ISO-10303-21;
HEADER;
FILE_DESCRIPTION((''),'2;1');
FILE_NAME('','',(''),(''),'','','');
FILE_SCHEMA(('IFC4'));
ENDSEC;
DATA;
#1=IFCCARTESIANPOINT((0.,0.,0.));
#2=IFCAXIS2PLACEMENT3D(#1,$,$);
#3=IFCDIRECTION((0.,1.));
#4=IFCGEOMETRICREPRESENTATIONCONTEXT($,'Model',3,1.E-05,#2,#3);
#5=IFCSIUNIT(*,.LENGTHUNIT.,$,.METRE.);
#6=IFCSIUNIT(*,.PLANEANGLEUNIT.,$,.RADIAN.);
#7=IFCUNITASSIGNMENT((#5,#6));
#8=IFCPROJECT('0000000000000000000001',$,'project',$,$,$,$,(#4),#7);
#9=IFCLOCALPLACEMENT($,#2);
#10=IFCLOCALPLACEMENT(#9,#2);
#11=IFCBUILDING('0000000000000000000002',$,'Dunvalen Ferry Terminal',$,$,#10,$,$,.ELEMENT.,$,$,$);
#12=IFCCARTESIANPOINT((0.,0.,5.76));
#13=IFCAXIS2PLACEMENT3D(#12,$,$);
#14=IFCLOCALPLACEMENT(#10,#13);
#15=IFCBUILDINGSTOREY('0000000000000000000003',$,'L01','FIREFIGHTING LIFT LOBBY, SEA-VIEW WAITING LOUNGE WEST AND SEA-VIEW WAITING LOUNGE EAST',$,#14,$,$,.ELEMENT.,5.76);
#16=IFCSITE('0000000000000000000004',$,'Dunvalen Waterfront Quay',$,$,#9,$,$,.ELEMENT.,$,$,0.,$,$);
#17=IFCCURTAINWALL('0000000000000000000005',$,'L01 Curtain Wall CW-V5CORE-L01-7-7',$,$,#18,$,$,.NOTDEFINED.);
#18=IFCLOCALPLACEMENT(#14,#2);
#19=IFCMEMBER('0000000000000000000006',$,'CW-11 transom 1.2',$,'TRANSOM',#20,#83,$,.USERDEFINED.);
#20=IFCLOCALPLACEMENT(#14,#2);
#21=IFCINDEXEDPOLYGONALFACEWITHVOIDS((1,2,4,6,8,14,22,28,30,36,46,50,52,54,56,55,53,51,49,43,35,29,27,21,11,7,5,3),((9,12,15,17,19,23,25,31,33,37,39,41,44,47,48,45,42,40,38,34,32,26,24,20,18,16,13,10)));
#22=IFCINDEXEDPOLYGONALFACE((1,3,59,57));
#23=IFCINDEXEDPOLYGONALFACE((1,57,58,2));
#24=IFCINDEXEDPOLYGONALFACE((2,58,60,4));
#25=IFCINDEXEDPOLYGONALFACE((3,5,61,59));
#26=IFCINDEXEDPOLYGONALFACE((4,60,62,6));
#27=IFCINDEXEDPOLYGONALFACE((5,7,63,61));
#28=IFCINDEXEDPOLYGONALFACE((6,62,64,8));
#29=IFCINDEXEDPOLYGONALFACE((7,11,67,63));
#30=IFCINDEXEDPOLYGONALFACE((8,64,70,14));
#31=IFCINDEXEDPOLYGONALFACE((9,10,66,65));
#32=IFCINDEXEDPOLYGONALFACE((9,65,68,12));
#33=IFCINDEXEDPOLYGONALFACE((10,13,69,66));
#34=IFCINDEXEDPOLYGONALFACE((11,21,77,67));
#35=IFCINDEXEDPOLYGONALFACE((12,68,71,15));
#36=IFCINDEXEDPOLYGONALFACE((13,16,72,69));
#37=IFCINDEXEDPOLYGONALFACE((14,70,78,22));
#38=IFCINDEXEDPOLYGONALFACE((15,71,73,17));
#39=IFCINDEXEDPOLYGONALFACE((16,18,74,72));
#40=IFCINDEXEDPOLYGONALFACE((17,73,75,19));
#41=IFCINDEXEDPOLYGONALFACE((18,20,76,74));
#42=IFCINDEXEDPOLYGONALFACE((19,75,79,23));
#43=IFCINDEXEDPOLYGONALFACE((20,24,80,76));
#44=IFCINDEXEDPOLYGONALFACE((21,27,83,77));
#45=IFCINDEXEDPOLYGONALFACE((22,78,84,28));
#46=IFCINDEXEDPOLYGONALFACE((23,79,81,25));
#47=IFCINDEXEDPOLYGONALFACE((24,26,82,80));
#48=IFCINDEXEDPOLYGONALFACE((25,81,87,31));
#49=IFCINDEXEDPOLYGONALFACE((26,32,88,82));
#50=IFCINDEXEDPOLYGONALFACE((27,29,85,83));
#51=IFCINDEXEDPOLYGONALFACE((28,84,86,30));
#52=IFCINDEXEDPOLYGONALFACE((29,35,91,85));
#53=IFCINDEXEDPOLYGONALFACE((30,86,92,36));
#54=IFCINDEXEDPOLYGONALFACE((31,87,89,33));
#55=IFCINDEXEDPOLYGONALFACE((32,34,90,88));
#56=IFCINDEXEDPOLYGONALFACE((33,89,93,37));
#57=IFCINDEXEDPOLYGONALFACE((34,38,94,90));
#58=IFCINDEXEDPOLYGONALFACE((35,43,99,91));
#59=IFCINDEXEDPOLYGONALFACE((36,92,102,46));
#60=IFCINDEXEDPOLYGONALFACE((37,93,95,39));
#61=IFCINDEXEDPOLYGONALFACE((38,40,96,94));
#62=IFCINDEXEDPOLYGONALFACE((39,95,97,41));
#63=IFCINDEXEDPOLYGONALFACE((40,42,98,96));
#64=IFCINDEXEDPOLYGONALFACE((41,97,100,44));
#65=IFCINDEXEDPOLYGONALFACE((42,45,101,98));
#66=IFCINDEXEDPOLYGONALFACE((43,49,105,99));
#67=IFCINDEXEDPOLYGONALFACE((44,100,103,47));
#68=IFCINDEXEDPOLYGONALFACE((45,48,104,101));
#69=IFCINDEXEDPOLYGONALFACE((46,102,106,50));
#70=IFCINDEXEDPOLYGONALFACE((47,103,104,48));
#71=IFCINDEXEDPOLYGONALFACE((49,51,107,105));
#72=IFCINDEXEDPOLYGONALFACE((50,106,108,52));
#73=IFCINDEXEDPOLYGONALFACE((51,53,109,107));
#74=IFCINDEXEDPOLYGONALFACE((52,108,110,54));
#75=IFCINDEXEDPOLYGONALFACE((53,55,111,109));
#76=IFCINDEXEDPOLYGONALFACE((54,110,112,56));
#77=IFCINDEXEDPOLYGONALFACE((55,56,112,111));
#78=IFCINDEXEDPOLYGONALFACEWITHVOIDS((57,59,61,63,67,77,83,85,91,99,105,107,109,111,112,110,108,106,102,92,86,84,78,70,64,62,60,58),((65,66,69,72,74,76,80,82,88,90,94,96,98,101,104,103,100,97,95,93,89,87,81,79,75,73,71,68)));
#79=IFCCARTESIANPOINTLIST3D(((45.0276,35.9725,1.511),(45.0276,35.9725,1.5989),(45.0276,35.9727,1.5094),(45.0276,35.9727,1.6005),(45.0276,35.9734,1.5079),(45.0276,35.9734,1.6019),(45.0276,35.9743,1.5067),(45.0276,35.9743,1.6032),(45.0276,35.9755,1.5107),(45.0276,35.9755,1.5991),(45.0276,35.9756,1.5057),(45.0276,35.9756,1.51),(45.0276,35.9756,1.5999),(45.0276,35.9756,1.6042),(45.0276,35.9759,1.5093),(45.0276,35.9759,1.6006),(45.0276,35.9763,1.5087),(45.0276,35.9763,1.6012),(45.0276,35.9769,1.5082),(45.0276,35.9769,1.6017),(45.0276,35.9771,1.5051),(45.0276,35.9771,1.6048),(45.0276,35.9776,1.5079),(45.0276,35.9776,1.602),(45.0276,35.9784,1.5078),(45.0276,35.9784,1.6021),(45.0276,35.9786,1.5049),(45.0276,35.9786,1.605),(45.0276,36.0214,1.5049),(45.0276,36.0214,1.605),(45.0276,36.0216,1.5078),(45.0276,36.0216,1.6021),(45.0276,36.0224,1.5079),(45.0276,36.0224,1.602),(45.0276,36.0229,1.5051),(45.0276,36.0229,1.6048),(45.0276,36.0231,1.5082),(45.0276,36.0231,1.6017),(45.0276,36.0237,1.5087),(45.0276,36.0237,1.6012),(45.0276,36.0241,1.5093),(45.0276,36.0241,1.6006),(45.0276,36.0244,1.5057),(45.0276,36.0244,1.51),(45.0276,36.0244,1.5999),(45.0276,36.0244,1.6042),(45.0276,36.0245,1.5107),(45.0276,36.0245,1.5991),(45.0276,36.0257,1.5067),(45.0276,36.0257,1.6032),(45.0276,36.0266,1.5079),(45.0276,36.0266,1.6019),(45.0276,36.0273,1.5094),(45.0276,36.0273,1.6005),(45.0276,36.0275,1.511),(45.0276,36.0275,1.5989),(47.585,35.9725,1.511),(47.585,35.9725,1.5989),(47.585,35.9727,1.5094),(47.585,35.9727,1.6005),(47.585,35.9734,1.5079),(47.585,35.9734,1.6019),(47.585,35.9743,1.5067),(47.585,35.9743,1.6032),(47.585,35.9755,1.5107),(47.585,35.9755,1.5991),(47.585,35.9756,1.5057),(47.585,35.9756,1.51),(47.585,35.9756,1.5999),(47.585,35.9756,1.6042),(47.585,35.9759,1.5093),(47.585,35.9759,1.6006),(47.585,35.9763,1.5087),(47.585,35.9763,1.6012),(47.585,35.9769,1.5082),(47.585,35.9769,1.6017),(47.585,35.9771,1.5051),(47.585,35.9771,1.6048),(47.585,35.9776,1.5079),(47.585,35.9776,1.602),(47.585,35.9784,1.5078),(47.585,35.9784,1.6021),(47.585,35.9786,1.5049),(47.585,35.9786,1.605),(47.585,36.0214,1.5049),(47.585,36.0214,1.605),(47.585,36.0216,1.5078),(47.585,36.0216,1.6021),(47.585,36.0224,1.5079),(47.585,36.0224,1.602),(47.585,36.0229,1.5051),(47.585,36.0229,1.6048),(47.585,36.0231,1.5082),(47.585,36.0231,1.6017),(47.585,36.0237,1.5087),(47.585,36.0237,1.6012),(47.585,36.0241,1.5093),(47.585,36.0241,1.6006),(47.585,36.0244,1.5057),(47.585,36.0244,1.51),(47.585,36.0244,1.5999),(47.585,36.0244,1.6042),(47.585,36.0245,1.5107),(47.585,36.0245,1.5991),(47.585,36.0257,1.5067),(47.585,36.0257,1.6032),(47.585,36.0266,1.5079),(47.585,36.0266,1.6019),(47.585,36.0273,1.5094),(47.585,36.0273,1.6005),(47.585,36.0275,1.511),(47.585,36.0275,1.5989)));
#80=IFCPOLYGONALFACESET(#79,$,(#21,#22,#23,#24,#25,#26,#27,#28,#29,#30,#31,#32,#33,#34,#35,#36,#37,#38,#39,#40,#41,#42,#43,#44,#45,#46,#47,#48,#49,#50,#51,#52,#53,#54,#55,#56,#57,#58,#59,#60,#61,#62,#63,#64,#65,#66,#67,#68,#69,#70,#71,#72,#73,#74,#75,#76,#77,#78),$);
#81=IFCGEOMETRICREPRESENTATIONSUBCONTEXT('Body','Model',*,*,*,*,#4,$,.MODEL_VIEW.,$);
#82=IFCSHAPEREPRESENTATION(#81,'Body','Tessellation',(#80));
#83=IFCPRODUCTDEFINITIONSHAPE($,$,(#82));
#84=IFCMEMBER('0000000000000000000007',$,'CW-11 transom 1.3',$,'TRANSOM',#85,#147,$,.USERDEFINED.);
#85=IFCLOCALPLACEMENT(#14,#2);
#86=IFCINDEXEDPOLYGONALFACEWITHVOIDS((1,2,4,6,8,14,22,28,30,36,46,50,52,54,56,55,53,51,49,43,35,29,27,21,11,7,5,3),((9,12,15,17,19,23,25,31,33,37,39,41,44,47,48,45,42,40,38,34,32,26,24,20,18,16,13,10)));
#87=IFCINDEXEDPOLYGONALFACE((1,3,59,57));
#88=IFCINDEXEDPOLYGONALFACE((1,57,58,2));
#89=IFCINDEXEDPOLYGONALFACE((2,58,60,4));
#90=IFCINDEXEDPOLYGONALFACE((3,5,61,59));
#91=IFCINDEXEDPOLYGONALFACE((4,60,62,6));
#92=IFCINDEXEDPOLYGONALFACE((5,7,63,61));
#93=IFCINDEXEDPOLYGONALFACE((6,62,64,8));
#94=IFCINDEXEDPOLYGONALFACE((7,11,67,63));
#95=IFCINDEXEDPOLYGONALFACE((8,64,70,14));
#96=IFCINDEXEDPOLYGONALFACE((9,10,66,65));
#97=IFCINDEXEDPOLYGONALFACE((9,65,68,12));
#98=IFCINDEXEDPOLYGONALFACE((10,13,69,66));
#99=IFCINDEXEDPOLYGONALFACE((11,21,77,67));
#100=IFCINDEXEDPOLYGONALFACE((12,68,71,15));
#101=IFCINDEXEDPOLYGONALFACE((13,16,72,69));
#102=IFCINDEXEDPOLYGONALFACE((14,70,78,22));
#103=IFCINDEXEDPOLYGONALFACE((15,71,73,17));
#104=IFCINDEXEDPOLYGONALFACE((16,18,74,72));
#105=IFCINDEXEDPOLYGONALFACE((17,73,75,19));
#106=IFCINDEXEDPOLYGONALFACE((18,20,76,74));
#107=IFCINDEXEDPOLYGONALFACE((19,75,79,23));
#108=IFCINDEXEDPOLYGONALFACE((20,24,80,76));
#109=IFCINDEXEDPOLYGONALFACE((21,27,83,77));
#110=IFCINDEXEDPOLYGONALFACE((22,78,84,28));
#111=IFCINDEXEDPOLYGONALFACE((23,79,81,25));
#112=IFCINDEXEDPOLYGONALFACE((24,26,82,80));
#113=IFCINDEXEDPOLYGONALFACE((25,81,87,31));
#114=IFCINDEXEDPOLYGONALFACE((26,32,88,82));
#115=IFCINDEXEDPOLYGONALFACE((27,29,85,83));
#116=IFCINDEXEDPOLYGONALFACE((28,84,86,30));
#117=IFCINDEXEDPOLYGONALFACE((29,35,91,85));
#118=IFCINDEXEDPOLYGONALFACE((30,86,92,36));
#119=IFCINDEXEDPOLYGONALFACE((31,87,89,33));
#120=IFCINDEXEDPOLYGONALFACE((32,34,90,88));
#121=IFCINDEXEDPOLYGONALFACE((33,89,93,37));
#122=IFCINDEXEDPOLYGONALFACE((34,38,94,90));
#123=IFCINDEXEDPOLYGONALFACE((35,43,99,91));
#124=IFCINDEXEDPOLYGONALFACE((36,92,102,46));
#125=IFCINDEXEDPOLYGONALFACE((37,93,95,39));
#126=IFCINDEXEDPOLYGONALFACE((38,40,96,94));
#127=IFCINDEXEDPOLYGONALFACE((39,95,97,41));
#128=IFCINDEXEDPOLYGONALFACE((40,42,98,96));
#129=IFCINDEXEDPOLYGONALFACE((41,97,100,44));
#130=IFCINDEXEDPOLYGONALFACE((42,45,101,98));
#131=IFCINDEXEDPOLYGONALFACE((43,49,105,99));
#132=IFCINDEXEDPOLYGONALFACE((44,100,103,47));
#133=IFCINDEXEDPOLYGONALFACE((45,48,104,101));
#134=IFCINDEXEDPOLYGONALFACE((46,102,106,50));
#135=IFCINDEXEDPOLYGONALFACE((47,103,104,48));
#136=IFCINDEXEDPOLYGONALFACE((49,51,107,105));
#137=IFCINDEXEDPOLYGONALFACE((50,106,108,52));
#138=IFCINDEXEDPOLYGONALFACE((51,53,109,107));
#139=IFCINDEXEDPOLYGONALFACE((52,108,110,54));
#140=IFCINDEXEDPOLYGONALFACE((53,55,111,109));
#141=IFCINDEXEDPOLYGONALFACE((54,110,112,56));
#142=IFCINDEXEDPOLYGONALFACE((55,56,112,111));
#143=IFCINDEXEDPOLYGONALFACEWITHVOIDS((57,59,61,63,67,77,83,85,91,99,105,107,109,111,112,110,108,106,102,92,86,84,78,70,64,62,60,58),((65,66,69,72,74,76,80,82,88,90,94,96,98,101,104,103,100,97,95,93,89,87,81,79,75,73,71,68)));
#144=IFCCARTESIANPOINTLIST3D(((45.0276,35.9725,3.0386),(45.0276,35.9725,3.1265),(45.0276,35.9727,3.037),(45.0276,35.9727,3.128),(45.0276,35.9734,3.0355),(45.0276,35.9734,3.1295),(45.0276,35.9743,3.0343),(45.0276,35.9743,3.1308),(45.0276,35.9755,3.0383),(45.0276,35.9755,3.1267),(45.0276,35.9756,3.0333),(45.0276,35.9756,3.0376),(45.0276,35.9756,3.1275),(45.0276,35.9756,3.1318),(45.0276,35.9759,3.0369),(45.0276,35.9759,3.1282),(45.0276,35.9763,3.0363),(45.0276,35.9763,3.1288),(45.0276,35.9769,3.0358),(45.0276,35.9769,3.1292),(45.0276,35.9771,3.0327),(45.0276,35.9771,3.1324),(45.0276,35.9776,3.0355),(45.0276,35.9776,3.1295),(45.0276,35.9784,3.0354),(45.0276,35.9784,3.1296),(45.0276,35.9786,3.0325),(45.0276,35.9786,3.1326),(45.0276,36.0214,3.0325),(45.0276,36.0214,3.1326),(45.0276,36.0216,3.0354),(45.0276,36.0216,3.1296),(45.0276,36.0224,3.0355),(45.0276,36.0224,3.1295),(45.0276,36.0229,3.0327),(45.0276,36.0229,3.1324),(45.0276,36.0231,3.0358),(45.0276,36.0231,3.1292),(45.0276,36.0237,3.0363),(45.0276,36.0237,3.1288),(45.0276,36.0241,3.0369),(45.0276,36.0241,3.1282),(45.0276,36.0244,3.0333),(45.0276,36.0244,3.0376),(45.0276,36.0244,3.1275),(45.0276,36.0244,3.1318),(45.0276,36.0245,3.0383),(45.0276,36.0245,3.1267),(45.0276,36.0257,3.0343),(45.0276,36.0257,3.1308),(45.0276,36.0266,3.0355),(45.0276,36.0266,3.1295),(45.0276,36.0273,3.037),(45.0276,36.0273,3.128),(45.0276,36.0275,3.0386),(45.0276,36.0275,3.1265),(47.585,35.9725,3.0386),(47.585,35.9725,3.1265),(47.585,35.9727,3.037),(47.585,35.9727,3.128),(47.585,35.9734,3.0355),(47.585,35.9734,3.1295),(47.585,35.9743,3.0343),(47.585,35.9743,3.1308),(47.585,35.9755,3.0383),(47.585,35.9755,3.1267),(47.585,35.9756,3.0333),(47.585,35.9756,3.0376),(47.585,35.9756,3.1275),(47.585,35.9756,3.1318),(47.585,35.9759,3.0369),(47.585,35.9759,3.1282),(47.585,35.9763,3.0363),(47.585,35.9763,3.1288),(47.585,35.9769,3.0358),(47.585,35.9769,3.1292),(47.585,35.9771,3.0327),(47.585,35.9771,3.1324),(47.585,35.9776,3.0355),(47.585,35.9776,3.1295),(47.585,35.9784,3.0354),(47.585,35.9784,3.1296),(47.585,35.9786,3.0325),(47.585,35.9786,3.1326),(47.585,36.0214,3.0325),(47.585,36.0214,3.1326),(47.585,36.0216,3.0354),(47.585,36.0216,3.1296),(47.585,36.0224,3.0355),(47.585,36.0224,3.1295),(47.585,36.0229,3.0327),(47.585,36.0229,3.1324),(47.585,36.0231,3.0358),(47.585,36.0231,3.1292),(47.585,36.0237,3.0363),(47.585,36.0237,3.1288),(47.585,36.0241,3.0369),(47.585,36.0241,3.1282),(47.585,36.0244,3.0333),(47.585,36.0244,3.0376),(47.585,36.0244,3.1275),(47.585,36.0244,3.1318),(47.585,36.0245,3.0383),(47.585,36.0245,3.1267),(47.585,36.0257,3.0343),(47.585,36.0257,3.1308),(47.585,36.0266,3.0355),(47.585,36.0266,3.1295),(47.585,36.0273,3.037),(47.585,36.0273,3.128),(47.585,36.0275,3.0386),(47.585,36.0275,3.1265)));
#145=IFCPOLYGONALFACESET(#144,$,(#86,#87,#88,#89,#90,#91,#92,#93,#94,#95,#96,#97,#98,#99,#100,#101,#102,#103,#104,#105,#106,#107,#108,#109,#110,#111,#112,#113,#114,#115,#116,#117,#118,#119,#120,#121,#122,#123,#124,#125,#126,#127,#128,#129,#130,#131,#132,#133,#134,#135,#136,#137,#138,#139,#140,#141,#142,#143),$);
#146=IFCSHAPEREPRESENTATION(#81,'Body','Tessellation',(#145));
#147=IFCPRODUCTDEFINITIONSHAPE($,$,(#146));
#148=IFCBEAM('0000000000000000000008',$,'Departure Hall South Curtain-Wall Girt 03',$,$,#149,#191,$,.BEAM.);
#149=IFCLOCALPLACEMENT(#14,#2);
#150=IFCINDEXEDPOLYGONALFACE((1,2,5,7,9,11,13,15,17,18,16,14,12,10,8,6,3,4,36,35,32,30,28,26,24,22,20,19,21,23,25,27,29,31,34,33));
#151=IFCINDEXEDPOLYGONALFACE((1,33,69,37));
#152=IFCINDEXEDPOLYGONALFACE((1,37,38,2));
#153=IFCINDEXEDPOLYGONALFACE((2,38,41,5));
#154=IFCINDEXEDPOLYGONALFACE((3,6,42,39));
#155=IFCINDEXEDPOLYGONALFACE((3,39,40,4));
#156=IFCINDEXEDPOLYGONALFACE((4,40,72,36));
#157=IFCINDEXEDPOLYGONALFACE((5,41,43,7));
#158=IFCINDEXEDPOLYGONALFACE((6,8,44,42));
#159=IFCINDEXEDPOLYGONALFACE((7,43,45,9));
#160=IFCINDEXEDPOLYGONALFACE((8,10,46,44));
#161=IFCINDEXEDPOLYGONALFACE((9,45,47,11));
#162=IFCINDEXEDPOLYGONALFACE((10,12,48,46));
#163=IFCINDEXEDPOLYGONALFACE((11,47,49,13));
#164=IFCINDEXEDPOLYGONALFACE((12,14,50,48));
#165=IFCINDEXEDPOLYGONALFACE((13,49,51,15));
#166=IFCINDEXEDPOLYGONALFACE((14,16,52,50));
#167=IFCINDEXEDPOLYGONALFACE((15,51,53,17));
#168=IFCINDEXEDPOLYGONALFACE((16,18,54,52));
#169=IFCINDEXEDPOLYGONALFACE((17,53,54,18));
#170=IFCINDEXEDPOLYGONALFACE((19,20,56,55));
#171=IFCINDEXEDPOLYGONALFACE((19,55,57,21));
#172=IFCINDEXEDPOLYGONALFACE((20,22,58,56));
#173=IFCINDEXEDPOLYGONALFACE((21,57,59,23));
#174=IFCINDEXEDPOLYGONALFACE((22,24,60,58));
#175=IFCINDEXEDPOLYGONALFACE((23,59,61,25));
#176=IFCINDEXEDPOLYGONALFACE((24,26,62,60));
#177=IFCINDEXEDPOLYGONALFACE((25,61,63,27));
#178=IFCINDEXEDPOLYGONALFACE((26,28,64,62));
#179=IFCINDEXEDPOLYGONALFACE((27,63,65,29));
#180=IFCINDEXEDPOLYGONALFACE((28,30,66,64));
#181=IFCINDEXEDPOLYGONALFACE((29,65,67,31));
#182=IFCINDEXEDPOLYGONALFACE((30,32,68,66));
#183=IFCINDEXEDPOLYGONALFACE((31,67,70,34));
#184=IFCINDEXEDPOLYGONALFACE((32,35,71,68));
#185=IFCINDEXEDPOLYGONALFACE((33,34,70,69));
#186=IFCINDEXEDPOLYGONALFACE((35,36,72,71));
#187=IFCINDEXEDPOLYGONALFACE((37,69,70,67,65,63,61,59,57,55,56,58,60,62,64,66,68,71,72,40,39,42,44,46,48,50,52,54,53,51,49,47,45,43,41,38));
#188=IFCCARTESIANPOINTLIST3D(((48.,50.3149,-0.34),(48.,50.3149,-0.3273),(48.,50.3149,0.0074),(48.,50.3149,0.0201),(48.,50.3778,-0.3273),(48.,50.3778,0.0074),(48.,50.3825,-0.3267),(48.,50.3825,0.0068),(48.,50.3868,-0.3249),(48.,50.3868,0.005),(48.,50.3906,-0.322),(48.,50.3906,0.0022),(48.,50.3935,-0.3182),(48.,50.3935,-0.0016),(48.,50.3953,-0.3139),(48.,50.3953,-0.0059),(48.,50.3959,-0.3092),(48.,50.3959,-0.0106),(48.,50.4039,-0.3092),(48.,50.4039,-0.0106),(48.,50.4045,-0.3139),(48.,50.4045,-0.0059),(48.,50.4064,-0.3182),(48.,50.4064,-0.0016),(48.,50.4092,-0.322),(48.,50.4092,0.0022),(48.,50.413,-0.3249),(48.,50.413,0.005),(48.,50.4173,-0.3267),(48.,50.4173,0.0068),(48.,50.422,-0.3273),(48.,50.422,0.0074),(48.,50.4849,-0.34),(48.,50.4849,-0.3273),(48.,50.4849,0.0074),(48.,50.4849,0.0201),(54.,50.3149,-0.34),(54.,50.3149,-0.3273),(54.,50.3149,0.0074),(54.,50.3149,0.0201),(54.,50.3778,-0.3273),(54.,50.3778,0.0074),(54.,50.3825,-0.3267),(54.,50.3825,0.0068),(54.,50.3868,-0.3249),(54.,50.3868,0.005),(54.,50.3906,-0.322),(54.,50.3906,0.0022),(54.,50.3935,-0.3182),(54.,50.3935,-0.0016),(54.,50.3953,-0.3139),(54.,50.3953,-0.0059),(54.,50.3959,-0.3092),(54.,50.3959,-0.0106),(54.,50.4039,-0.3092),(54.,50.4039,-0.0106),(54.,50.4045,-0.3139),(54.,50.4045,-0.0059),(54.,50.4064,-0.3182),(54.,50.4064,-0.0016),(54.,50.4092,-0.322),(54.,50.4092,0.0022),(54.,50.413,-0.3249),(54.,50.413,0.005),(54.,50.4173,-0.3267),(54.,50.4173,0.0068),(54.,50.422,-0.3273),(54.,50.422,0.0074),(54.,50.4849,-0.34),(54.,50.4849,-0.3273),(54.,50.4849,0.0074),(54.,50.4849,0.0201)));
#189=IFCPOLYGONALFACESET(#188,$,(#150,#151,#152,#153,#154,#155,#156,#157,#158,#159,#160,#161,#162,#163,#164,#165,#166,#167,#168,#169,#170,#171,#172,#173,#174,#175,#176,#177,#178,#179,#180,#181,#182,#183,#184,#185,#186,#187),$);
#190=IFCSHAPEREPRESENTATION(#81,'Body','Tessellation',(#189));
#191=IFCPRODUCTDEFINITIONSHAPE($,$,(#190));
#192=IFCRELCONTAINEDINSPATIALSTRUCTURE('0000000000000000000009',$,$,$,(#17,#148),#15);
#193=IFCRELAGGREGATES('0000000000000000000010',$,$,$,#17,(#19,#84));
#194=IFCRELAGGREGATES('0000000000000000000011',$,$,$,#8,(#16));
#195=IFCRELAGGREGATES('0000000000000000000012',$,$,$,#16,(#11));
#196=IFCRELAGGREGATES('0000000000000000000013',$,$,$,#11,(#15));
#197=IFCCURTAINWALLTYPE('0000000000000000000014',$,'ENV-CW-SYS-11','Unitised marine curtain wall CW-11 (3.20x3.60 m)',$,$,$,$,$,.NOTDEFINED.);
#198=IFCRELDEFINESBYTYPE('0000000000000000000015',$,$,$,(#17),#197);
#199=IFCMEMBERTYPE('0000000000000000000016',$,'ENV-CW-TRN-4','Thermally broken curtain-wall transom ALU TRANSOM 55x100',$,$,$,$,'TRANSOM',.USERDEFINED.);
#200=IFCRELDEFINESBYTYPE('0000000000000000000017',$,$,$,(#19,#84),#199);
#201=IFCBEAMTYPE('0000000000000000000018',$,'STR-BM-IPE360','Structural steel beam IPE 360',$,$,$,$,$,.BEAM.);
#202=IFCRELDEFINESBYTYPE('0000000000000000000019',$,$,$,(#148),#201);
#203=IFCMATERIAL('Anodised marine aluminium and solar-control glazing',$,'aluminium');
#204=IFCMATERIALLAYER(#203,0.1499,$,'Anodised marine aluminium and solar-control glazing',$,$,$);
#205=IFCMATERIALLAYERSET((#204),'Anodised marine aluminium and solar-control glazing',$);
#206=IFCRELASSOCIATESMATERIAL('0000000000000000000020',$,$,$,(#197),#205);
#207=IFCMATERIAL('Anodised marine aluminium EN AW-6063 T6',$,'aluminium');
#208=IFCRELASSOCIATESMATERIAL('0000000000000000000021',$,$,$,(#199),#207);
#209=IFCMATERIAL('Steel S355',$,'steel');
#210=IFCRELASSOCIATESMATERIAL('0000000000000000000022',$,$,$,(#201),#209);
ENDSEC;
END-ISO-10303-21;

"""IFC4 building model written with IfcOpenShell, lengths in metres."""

from ifc_helpers import new_model, si_unit, direction, frame, origin, origin_2d, place, context, subcontext, project, spatial, hollow_rectangle, i_section, extrude, material, layer, layer_set, material_profile, profile_set, type_object, element, aggregate, save


model = new_model("IFC4")

# Units and contexts
model_context = context("Model", 3, precision=1e-05, world=origin(), true_north=direction((0.0, 1.0)))
body_context = subcontext(model_context, "Body", "Model", "MODEL_VIEW")
ifc_project = project(units=[si_unit("LENGTHUNIT", "METRE"), si_unit("PLANEANGLEUNIT", "RADIAN")], contexts=[model_context])

# Site, building, storey
site_placement = place(None, origin())
site = spatial("IfcSite", under=ifc_project, at=site_placement, Name="Dunvalen Waterfront Quay", CompositionType="ELEMENT", RefElevation=0.0)
building_placement = place(site_placement, origin())
building = spatial("IfcBuilding", under=site, at=building_placement, Name="Dunvalen Ferry Terminal", CompositionType="ELEMENT")
storey_placement = place(building_placement, frame((0.0, 0.0, 5.76)))
storey = spatial("IfcBuildingStorey", under=building, at=storey_placement, Name="L01", Description="FIREFIGHTING LIFT LOBBY, SEA-VIEW WAITING LOUNGE WEST AND SEA-VIEW WAITING LOUNGE EAST", CompositionType="ELEMENT", Elevation=5.76)

# Shared definitions
ifc_material_1 = material(Name="Anodised marine aluminium and solar-control glazing", Category="aluminium")
ifc_material_2 = material(Name="Anodised marine aluminium EN AW-6063 T6", Category="aluminium")

# Curtain wall
ifc_layer_1 = layer(ifc_material_1, 0.1499, Name="Anodised marine aluminium and solar-control glazing")
ifc_layer_set_1 = layer_set([ifc_layer_1], Name="Anodised marine aluminium and solar-control glazing")
curtain_wall_type_1 = type_object("IfcCurtainWallType", Name="ENV-CW-SYS-11", Description="Unitised marine curtain wall CW-11 (3.20x3.60 m)", PredefinedType="NOTDEFINED", material=ifc_layer_set_1)
curtain_wall_1_placement = place(storey_placement, origin())
curtain_wall_1 = element("IfcCurtainWall", 1, at=curtain_wall_1_placement, inside=storey, type_object=curtain_wall_type_1, Name="L01 Curtain Wall CW-V5CORE-L01-7-7", PredefinedType="NOTDEFINED")

# Members
ifc_material_profile_1 = material_profile(ifc_material_2, hollow_rectangle(XDim=0.0549, YDim=0.1001, WallThickness=0.0029, InnerFilletRadius=0.0029, OuterFilletRadius=0.0061, at=origin_2d()), Name="Anodised marine aluminium EN AW-6063 T6")
ifc_profile_set_1 = profile_set([ifc_material_profile_1], Name="Anodised marine aluminium EN AW-6063 T6")
member_type_1 = type_object("IfcMemberType", Name="ENV-CW-TRN-4", Description="Thermally broken curtain-wall transom ALU TRANSOM 55x100", ElementType="TRANSOM", PredefinedType="USERDEFINED", material=ifc_profile_set_1)
member_1_placement = place(storey_placement, frame((47.585, 36.0, 1.5549), z_axis=(-1.0, 0.0, 0.0), x_axis=(0.0, -1.0, 0.0)))
member_1 = element("IfcMember", 2, at=member_1_placement, type_object=member_type_1, Name="CW-11 transom 1.2", ObjectType="TRANSOM", PredefinedType="USERDEFINED", context=body_context, shape_type="SweptSolid", body=[
    extrude(hollow_rectangle(XDim=0.0549, YDim=0.1001, WallThickness=0.0029, InnerFilletRadius=0.0029, OuterFilletRadius=0.0061, at=origin_2d()), origin(), (0.0, 0.0, 1.0), 2.5574),
])
member_2_placement = place(storey_placement, frame((47.585, 36.0, 3.0825), z_axis=(-1.0, 0.0, 0.0), x_axis=(0.0, -1.0, 0.0)))
member_2 = element("IfcMember", 3, at=member_2_placement, type_object=member_type_1, Name="CW-11 transom 1.3", ObjectType="TRANSOM", PredefinedType="USERDEFINED", context=body_context, shape_type="SweptSolid", body=[
    extrude(hollow_rectangle(XDim=0.0549, YDim=0.1001, WallThickness=0.0029, InnerFilletRadius=0.0029, OuterFilletRadius=0.0061, at=origin_2d()), origin(), (0.0, 0.0, 1.0), 2.5574),
])
aggregate(curtain_wall_1, [member_1, member_2])

# Beam
ifc_material_3 = material(Name="Steel S355", Category="steel")
ifc_material_profile_2 = material_profile(ifc_material_3, i_section(OverallWidth=0.1699, OverallDepth=0.3601, WebThickness=0.0081, FlangeThickness=0.0127, FilletRadius=0.0181, at=origin_2d()), Name="Steel S355")
ifc_profile_set_2 = profile_set([ifc_material_profile_2], Name="Steel S355")
beam_type_1 = type_object("IfcBeamType", Name="STR-BM-IPE360", Description="Structural steel beam IPE 360", PredefinedType="BEAM", material=ifc_profile_set_2)
beam_placement = place(storey_placement, frame((48.0, 50.3999, -0.1599), z_axis=(1.0, 0.0, 0.0), x_axis=(0.0, 1.0, 0.0)))
element("IfcBeam", 4, at=beam_placement, inside=storey, type_object=beam_type_1, Name="Departure Hall South Curtain-Wall Girt 03", PredefinedType="BEAM", context=body_context, shape_type="SweptSolid", body=[
    extrude(i_section(OverallWidth=0.1699, OverallDepth=0.3601, WebThickness=0.0081, FlangeThickness=0.0127, FilletRadius=0.0181, at=origin_2d()), origin(), (0.0, 0.0, 1.0), 6.0),
])

save(model, "model.ifc")
